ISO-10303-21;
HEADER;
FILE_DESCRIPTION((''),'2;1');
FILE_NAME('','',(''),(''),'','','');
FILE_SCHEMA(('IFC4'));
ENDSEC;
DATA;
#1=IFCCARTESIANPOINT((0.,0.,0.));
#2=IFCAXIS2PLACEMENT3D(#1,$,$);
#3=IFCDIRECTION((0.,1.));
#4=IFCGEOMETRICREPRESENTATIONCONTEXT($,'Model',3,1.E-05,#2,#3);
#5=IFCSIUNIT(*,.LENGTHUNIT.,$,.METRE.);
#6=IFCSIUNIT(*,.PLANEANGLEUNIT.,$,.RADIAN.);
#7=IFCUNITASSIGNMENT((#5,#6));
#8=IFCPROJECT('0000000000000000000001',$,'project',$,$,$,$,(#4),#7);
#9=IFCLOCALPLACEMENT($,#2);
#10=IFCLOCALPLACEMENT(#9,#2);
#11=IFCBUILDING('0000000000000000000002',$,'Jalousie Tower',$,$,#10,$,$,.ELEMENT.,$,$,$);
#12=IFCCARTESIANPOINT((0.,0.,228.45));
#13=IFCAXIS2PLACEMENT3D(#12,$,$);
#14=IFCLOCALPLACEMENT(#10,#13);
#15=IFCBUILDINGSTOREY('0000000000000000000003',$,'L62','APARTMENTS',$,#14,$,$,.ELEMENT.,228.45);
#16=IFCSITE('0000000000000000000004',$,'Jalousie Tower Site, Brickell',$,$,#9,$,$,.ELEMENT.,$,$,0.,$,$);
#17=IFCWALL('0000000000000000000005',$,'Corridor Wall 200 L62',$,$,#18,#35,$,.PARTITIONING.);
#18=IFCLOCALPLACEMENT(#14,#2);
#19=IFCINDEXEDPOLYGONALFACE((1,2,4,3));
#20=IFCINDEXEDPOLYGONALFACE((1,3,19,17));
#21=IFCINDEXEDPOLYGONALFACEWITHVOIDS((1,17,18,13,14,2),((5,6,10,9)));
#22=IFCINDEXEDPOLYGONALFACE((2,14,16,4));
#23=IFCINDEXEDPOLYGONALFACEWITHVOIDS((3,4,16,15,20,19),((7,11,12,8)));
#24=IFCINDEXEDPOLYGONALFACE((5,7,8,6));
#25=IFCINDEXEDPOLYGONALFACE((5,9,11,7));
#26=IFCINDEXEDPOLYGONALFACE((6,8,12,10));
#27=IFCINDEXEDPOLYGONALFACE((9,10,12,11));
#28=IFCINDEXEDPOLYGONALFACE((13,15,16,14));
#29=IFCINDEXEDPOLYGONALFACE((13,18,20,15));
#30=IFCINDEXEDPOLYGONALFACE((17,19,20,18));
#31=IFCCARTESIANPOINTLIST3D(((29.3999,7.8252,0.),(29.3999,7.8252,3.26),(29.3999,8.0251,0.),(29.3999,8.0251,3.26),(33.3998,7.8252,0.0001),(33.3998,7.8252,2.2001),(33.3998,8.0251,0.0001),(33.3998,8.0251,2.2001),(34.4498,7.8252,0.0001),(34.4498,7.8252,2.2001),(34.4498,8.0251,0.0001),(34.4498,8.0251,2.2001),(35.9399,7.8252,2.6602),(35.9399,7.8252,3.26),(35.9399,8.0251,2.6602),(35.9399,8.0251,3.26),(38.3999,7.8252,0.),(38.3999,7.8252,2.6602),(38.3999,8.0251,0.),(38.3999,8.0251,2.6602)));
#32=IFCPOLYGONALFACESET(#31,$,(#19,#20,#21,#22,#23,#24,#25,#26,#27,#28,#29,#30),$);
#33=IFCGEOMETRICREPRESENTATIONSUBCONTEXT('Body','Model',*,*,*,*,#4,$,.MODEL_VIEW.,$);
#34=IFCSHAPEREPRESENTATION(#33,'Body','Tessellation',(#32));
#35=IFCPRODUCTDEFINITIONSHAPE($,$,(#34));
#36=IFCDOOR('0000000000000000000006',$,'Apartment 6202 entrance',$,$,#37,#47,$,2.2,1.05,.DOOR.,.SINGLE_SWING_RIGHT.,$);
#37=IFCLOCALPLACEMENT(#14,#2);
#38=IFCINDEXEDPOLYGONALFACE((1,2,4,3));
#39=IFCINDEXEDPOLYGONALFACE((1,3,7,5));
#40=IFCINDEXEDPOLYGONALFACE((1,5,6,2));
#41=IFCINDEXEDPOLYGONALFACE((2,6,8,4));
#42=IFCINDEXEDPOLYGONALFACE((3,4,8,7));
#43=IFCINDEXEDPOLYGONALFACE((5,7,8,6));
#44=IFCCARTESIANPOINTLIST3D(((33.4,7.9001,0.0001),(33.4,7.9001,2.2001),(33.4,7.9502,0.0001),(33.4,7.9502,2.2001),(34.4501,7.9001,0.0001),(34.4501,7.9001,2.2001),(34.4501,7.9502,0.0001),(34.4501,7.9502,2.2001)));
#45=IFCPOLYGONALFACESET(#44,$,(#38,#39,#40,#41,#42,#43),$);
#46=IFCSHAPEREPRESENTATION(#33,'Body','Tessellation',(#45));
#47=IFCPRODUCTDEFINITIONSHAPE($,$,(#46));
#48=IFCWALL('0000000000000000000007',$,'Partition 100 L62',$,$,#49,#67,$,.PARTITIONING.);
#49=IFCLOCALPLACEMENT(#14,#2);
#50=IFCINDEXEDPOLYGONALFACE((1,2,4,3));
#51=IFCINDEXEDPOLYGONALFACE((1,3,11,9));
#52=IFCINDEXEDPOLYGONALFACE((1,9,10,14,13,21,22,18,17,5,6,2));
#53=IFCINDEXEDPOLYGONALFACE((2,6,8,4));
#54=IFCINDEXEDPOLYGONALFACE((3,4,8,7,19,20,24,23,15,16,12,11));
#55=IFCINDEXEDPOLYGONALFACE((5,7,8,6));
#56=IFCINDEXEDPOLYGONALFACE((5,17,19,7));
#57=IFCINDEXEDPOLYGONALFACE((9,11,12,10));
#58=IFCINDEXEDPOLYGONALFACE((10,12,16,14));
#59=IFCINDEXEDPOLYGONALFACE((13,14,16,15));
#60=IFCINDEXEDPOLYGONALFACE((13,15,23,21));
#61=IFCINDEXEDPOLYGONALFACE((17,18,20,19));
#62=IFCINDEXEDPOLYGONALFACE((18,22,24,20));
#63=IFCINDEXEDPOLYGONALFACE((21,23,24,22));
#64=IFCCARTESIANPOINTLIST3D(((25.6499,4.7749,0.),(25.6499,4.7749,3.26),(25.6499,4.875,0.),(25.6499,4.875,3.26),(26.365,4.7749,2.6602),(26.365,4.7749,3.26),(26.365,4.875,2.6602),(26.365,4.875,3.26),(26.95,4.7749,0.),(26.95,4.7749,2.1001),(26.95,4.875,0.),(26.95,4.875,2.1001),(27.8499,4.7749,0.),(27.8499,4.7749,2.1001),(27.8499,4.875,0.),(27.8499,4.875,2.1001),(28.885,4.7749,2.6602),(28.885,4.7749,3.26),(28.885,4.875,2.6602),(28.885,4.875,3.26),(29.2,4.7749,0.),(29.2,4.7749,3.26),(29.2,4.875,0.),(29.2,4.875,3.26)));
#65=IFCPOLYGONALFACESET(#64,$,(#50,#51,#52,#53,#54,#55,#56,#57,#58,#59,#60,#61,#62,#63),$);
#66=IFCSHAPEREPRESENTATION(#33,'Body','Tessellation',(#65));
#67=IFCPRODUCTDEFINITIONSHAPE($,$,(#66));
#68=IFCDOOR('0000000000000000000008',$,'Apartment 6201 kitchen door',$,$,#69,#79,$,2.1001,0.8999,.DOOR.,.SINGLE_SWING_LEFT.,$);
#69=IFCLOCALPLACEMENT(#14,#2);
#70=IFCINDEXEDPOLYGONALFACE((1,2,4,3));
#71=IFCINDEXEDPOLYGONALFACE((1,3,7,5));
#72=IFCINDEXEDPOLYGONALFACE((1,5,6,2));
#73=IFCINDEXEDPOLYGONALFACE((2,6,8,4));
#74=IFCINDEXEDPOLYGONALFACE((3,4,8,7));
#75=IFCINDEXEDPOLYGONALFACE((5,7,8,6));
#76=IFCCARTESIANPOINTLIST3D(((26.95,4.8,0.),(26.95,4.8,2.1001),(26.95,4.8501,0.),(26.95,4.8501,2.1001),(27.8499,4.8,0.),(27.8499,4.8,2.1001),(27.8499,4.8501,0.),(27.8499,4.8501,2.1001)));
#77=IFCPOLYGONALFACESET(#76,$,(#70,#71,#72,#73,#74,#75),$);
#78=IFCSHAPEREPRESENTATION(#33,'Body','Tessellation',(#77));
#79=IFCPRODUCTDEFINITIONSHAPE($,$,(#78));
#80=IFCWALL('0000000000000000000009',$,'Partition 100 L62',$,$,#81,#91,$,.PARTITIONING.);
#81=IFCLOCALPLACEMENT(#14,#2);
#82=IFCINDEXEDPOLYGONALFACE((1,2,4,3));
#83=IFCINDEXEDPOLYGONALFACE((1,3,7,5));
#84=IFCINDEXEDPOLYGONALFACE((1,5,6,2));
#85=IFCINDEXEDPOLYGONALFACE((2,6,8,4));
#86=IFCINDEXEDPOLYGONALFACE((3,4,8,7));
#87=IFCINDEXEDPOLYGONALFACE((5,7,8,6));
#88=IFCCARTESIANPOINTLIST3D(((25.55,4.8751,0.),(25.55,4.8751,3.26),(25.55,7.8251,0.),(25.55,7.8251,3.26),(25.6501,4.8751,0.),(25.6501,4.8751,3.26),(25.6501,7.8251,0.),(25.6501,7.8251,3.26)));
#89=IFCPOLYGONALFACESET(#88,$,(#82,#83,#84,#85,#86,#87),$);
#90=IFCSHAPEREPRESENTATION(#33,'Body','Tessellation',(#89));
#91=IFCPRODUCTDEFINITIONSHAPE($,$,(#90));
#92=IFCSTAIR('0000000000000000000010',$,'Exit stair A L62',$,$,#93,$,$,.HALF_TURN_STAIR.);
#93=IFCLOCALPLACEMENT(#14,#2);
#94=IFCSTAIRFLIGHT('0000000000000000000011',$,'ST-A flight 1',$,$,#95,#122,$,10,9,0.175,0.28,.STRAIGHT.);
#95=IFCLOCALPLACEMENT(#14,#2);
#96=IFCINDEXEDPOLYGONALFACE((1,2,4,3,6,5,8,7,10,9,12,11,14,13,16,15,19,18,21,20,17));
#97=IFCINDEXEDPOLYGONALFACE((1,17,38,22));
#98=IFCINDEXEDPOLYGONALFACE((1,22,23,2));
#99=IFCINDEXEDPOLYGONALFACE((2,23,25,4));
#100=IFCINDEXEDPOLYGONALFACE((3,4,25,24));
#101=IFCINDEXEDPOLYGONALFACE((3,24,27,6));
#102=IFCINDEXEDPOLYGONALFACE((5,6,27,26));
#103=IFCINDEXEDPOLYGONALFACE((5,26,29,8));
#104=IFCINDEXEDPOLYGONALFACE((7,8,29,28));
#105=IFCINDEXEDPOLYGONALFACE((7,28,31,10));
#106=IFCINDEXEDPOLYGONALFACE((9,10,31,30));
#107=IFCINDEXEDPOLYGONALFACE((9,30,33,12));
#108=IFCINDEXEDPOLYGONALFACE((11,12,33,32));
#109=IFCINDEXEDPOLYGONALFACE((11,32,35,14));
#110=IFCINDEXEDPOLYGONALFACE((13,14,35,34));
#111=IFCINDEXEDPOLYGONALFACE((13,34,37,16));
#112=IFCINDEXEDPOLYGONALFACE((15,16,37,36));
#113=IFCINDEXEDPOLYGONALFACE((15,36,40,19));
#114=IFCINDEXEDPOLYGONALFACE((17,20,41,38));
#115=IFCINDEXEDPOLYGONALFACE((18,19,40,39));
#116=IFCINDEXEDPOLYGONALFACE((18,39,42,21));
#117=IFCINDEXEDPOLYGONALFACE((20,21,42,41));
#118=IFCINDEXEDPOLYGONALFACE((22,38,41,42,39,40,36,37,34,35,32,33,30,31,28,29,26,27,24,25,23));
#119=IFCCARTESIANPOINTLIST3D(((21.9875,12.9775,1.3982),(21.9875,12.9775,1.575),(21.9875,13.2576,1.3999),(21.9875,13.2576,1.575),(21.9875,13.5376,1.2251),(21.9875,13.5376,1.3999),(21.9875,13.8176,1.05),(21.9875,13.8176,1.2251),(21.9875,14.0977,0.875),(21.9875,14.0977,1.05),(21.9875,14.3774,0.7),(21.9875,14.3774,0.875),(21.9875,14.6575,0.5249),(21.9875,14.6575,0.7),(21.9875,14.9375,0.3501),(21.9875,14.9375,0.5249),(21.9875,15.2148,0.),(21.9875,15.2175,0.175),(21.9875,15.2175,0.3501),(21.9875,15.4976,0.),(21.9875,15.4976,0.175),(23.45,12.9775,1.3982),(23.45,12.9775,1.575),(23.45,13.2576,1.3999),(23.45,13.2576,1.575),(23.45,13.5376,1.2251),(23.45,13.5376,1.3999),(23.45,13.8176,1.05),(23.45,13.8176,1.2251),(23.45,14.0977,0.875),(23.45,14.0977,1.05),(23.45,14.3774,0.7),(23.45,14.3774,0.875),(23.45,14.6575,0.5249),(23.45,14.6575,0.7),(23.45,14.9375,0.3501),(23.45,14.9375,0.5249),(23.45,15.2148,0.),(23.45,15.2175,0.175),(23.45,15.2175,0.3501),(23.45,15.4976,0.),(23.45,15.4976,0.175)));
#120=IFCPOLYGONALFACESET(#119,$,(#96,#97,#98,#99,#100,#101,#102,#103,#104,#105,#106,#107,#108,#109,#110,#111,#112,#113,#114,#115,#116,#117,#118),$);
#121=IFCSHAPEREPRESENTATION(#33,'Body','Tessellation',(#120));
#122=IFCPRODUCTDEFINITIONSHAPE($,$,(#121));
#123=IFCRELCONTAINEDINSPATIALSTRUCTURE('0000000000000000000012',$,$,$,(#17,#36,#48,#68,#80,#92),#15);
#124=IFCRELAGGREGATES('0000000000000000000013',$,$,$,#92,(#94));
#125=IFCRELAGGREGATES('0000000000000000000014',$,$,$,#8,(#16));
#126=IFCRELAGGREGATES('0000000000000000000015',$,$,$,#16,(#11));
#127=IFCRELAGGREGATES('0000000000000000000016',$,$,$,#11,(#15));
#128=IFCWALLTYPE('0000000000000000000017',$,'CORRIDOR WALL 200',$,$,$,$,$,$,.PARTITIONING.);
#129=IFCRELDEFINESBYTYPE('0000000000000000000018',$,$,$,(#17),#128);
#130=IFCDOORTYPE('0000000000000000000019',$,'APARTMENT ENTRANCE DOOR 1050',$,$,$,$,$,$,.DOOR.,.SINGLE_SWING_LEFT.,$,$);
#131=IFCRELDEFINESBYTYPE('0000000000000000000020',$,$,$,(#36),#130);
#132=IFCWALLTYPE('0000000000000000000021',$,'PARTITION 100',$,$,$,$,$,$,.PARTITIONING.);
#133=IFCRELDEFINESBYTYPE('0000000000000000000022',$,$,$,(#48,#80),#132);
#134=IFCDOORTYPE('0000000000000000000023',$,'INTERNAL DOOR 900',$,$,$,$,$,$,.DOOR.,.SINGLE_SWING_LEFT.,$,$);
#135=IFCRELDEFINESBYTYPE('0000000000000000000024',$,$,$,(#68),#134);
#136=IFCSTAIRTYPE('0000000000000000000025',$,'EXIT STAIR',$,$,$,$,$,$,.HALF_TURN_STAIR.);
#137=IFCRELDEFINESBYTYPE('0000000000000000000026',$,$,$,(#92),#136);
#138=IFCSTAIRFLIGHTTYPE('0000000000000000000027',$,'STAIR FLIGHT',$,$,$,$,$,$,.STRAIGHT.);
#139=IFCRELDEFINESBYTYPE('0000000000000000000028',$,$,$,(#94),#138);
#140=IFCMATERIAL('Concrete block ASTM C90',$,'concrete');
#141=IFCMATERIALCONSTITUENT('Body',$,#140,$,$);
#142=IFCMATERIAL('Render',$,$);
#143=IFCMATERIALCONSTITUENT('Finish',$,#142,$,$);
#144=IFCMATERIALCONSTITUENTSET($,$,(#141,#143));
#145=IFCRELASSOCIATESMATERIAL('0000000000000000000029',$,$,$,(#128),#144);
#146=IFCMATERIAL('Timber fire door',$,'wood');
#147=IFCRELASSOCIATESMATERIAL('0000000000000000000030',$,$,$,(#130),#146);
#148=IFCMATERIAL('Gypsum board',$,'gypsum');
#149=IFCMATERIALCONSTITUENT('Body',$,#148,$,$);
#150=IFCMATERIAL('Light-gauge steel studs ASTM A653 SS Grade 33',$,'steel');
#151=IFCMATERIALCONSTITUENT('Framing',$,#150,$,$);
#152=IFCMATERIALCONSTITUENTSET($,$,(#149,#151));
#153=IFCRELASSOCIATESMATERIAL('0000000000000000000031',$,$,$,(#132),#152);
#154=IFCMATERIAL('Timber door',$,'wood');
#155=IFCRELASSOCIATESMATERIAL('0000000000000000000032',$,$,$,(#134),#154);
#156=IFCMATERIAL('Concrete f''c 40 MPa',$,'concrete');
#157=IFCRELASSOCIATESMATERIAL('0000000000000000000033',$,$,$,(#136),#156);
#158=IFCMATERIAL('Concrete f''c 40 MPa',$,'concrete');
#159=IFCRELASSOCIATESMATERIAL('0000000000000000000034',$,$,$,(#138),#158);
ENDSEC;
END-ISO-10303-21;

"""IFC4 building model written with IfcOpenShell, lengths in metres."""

from ifc_helpers import new_model, si_unit, direction, frame, frame_2d, origin, place, context, subcontext, project, spatial, polyline, rectangle, outline, extrude, material, constituent, constituent_set, type_object, element, fill, aggregate, save


model = new_model("IFC4")

# Units and contexts
model_context = context("Model", 3, precision=1e-05, world=origin(), true_north=direction((0.0, 1.0)))
body_context = subcontext(model_context, "Body", "Model", "MODEL_VIEW")
ifc_project = project(units=[si_unit("LENGTHUNIT", "METRE"), si_unit("PLANEANGLEUNIT", "RADIAN")], contexts=[model_context])

# Site, building, storey
site_placement = place(None, origin())
site = spatial("IfcSite", under=ifc_project, at=site_placement, Name="Jalousie Tower Site, Brickell", CompositionType="ELEMENT", RefElevation=0.0)
building_placement = place(site_placement, origin())
building = spatial("IfcBuilding", under=site, at=building_placement, Name="Jalousie Tower", CompositionType="ELEMENT")
storey_placement = place(building_placement, frame((0.0, 0.0, 228.45)))
storey = spatial("IfcBuildingStorey", under=building, at=storey_placement, Name="L62", Description="APARTMENTS", CompositionType="ELEMENT", Elevation=228.45)

# Walls, openings, doors
ifc_material_1 = material(Name="Concrete block ASTM C90", Category="concrete")
ifc_constituent_1 = constituent(ifc_material_1, Name="Body")
ifc_material_2 = material(Name="Render")
ifc_constituent_2 = constituent(ifc_material_2, Name="Finish")
ifc_constituent_set_1 = constituent_set(constituents=[ifc_constituent_1, ifc_constituent_2])
wall_type_1 = type_object("IfcWallType", Name="CORRIDOR WALL 200", PredefinedType="PARTITIONING", material=ifc_constituent_set_1)
wall_1_placement = place(storey_placement, frame((29.3999, 7.925, 0.0), z_axis=(0.0, 0.0, 1.0), x_axis=(1.0, 0.0, 0.0)))
wall_1 = element("IfcWall", 1, at=wall_1_placement, inside=storey, type_object=wall_type_1, Name="Corridor Wall 200 L62", PredefinedType="PARTITIONING", context=body_context, shape_type="SweptSolid", body=[
    extrude(outline(polyline([(0.0, 0.0), (9.0, 0.0), (9.0, 3.26), (9.0, 2.6602), (6.54, 2.6602), (6.54, 3.26), (0.0, 3.26), (0.0, 0.0)])), frame((0.0, 0.1001, 0.0), z_axis=(0.0, -1.0, 0.0), x_axis=(1.0, 0.0, 0.0)), (0.0, 0.0, 1.0), 0.2),
])
opening_1_placement = place(wall_1_placement, frame((4.0, 0.0, 0.0)))
opening_1 = element("IfcOpeningElement", 2, at=opening_1_placement, cuts=wall_1, PredefinedType="OPENING", context=body_context, shape_type="SweptSolid", body=[
    extrude(rectangle(XDim=1.05, YDim=2.2, at=frame_2d((0.5249, 1.1001))), frame((0.0, 0.1099, 0.0), z_axis=(0.0, -1.0, 0.0), x_axis=(1.0, 0.0, 0.0)), (0.0, 0.0, 1.0), 0.22),
])
ifc_material_3 = material(Name="Timber fire door", Category="wood")
door_type_1 = type_object("IfcDoorType", Name="APARTMENT ENTRANCE DOOR 1050", OperationType="SINGLE_SWING_LEFT", PredefinedType="DOOR", material=ifc_material_3)
door_1_placement = place(opening_1_placement, frame((1.05, 0.0, 0.0), z_axis=(0.0, 0.0, 1.0), x_axis=(-1.0, 0.0, 0.0)))
door_1 = element("IfcDoor", 3, at=door_1_placement, inside=storey, type_object=door_type_1, Name="Apartment 6202 entrance", OperationType="SINGLE_SWING_RIGHT", OverallHeight=2.2, OverallWidth=1.05, PredefinedType="DOOR", context=body_context, shape_type="SweptSolid", body=[
    extrude(rectangle(XDim=1.05, YDim=2.2, at=frame_2d((0.5249, 1.1001))), frame((0.0, 0.0249, 0.0), z_axis=(0.0, -1.0, 0.0), x_axis=(1.0, 0.0, 0.0)), (0.0, 0.0, 1.0), 0.05),
])
fill(opening_1, door_1)
ifc_material_4 = material(Name="Gypsum board", Category="gypsum")
ifc_constituent_3 = constituent(ifc_material_4, Name="Body")
ifc_material_5 = material(Name="Light-gauge steel studs ASTM A653 SS Grade 33", Category="steel")
ifc_constituent_4 = constituent(ifc_material_5, Name="Framing")
ifc_constituent_set_2 = constituent_set(constituents=[ifc_constituent_3, ifc_constituent_4])
wall_type_2 = type_object("IfcWallType", Name="PARTITION 100", PredefinedType="PARTITIONING", material=ifc_constituent_set_2)
wall_2_placement = place(storey_placement, frame((25.6499, 4.825, 0.0), z_axis=(0.0, 0.0, 1.0), x_axis=(1.0, 0.0, 0.0)))
wall_2 = element("IfcWall", 4, at=wall_2_placement, inside=storey, type_object=wall_type_2, Name="Partition 100 L62", PredefinedType="PARTITIONING", context=body_context, shape_type="SweptSolid", body=[
    extrude(outline(polyline([(0.0, 0.0), (3.55, 0.0), (3.55, 3.26), (3.2351, 3.26), (3.2351, 2.6602), (0.7151, 2.6602), (0.7151, 3.26), (0.0, 3.26), (0.0, 0.0)])), frame((0.0, 0.05, 0.0), z_axis=(0.0, -1.0, 0.0), x_axis=(1.0, 0.0, 0.0)), (0.0, 0.0, 1.0), 0.1001),
])
opening_2_placement = place(wall_2_placement, frame((1.3, 0.0, 0.0)))
opening_2 = element("IfcOpeningElement", 5, at=opening_2_placement, cuts=wall_2, PredefinedType="OPENING", context=body_context, shape_type="SweptSolid", body=[
    extrude(rectangle(XDim=0.8999, YDim=2.1001, at=frame_2d((0.45, 1.05))), frame((0.0, 0.0601, 0.0), z_axis=(0.0, -1.0, 0.0), x_axis=(1.0, 0.0, 0.0)), (0.0, 0.0, 1.0), 0.1201),
])
ifc_material_6 = material(Name="Timber door", Category="wood")
door_type_2 = type_object("IfcDoorType", Name="INTERNAL DOOR 900", OperationType="SINGLE_SWING_LEFT", PredefinedType="DOOR", material=ifc_material_6)
door_2_placement = place(opening_2_placement, frame((0.8999, 0.0, 0.0), z_axis=(0.0, 0.0, 1.0), x_axis=(-1.0, 0.0, 0.0)))
door_2 = element("IfcDoor", 6, at=door_2_placement, inside=storey, type_object=door_type_2, Name="Apartment 6201 kitchen door", OperationType="SINGLE_SWING_LEFT", OverallHeight=2.1001, OverallWidth=0.8999, PredefinedType="DOOR", context=body_context, shape_type="SweptSolid", body=[
    extrude(rectangle(XDim=0.8999, YDim=2.1001, at=frame_2d((0.45, 1.05))), frame((0.0, 0.0249, 0.0), z_axis=(0.0, -1.0, 0.0), x_axis=(1.0, 0.0, 0.0)), (0.0, 0.0, 1.0), 0.05),
])
fill(opening_2, door_2)

# Wall
wall_3_placement = place(storey_placement, frame((25.6001, 4.875, 0.0), z_axis=(0.0, 0.0, 1.0), x_axis=(0.0, 1.0, 0.0)))
element("IfcWall", 7, at=wall_3_placement, inside=storey, type_object=wall_type_2, Name="Partition 100 L62", PredefinedType="PARTITIONING", context=body_context, shape_type="SweptSolid", body=[
    extrude(rectangle(XDim=2.95, YDim=0.1001, at=frame_2d((1.4751, 0.0))), origin(), (0.0, 0.0, 1.0), 3.26),
])

# Stair, stair flight
ifc_material_7 = material(Name="Concrete f'c 40 MPa", Category="concrete")
stair_type = type_object("IfcStairType", Name="EXIT STAIR", PredefinedType="HALF_TURN_STAIR", material=ifc_material_7)
stair_placement = place(storey_placement, origin())
stair = element("IfcStair", 8, at=stair_placement, inside=storey, type_object=stair_type, Name="Exit stair A L62", PredefinedType="HALF_TURN_STAIR")
ifc_material_8 = material(Name="Concrete f'c 40 MPa", Category="concrete")
stair_flight_type = type_object("IfcStairFlightType", Name="STAIR FLIGHT", PredefinedType="STRAIGHT", material=ifc_material_8)
stair_flight_placement = place(storey_placement, frame((22.7188, 15.4976, 0.0), z_axis=(0.0, 0.0, 1.0), x_axis=(0.0, -1.0, 0.0)))
stair_flight = element("IfcStairFlight", 9, at=stair_flight_placement, type_object=stair_flight_type, Name="ST-A flight 1", NumberOfRisers=10, NumberOfTreads=9, PredefinedType="STRAIGHT", RiserHeight=0.175, TreadLength=0.28, context=body_context, shape_type="SweptSolid", body=[
    extrude(outline(polyline([(0.0, 0.0), (0.0, 0.175), (0.28, 0.175), (0.28, 0.3501), (0.5601, 0.3501), (0.5601, 0.5249), (0.8401, 0.5249), (0.8401, 0.7), (1.1201, 0.7), (1.1201, 0.875), (1.3999, 0.875), (1.3999, 1.05), (1.6799, 1.05), (1.6799, 1.2251), (1.96, 1.2251), (1.96, 1.3999), (2.24, 1.3999), (2.24, 1.575), (2.52, 1.575), (2.52, 1.75), (2.52, 1.3982), (0.2827, 0.0), (0.0, 0.0)])), frame((0.0, 0.7312, 0.0), z_axis=(0.0, -1.0, 0.0), x_axis=(1.0, 0.0, 0.0)), (0.0, 0.0, 1.0), 1.4624),
])
aggregate(stair, [stair_flight])

save(model, "model.ifc")
